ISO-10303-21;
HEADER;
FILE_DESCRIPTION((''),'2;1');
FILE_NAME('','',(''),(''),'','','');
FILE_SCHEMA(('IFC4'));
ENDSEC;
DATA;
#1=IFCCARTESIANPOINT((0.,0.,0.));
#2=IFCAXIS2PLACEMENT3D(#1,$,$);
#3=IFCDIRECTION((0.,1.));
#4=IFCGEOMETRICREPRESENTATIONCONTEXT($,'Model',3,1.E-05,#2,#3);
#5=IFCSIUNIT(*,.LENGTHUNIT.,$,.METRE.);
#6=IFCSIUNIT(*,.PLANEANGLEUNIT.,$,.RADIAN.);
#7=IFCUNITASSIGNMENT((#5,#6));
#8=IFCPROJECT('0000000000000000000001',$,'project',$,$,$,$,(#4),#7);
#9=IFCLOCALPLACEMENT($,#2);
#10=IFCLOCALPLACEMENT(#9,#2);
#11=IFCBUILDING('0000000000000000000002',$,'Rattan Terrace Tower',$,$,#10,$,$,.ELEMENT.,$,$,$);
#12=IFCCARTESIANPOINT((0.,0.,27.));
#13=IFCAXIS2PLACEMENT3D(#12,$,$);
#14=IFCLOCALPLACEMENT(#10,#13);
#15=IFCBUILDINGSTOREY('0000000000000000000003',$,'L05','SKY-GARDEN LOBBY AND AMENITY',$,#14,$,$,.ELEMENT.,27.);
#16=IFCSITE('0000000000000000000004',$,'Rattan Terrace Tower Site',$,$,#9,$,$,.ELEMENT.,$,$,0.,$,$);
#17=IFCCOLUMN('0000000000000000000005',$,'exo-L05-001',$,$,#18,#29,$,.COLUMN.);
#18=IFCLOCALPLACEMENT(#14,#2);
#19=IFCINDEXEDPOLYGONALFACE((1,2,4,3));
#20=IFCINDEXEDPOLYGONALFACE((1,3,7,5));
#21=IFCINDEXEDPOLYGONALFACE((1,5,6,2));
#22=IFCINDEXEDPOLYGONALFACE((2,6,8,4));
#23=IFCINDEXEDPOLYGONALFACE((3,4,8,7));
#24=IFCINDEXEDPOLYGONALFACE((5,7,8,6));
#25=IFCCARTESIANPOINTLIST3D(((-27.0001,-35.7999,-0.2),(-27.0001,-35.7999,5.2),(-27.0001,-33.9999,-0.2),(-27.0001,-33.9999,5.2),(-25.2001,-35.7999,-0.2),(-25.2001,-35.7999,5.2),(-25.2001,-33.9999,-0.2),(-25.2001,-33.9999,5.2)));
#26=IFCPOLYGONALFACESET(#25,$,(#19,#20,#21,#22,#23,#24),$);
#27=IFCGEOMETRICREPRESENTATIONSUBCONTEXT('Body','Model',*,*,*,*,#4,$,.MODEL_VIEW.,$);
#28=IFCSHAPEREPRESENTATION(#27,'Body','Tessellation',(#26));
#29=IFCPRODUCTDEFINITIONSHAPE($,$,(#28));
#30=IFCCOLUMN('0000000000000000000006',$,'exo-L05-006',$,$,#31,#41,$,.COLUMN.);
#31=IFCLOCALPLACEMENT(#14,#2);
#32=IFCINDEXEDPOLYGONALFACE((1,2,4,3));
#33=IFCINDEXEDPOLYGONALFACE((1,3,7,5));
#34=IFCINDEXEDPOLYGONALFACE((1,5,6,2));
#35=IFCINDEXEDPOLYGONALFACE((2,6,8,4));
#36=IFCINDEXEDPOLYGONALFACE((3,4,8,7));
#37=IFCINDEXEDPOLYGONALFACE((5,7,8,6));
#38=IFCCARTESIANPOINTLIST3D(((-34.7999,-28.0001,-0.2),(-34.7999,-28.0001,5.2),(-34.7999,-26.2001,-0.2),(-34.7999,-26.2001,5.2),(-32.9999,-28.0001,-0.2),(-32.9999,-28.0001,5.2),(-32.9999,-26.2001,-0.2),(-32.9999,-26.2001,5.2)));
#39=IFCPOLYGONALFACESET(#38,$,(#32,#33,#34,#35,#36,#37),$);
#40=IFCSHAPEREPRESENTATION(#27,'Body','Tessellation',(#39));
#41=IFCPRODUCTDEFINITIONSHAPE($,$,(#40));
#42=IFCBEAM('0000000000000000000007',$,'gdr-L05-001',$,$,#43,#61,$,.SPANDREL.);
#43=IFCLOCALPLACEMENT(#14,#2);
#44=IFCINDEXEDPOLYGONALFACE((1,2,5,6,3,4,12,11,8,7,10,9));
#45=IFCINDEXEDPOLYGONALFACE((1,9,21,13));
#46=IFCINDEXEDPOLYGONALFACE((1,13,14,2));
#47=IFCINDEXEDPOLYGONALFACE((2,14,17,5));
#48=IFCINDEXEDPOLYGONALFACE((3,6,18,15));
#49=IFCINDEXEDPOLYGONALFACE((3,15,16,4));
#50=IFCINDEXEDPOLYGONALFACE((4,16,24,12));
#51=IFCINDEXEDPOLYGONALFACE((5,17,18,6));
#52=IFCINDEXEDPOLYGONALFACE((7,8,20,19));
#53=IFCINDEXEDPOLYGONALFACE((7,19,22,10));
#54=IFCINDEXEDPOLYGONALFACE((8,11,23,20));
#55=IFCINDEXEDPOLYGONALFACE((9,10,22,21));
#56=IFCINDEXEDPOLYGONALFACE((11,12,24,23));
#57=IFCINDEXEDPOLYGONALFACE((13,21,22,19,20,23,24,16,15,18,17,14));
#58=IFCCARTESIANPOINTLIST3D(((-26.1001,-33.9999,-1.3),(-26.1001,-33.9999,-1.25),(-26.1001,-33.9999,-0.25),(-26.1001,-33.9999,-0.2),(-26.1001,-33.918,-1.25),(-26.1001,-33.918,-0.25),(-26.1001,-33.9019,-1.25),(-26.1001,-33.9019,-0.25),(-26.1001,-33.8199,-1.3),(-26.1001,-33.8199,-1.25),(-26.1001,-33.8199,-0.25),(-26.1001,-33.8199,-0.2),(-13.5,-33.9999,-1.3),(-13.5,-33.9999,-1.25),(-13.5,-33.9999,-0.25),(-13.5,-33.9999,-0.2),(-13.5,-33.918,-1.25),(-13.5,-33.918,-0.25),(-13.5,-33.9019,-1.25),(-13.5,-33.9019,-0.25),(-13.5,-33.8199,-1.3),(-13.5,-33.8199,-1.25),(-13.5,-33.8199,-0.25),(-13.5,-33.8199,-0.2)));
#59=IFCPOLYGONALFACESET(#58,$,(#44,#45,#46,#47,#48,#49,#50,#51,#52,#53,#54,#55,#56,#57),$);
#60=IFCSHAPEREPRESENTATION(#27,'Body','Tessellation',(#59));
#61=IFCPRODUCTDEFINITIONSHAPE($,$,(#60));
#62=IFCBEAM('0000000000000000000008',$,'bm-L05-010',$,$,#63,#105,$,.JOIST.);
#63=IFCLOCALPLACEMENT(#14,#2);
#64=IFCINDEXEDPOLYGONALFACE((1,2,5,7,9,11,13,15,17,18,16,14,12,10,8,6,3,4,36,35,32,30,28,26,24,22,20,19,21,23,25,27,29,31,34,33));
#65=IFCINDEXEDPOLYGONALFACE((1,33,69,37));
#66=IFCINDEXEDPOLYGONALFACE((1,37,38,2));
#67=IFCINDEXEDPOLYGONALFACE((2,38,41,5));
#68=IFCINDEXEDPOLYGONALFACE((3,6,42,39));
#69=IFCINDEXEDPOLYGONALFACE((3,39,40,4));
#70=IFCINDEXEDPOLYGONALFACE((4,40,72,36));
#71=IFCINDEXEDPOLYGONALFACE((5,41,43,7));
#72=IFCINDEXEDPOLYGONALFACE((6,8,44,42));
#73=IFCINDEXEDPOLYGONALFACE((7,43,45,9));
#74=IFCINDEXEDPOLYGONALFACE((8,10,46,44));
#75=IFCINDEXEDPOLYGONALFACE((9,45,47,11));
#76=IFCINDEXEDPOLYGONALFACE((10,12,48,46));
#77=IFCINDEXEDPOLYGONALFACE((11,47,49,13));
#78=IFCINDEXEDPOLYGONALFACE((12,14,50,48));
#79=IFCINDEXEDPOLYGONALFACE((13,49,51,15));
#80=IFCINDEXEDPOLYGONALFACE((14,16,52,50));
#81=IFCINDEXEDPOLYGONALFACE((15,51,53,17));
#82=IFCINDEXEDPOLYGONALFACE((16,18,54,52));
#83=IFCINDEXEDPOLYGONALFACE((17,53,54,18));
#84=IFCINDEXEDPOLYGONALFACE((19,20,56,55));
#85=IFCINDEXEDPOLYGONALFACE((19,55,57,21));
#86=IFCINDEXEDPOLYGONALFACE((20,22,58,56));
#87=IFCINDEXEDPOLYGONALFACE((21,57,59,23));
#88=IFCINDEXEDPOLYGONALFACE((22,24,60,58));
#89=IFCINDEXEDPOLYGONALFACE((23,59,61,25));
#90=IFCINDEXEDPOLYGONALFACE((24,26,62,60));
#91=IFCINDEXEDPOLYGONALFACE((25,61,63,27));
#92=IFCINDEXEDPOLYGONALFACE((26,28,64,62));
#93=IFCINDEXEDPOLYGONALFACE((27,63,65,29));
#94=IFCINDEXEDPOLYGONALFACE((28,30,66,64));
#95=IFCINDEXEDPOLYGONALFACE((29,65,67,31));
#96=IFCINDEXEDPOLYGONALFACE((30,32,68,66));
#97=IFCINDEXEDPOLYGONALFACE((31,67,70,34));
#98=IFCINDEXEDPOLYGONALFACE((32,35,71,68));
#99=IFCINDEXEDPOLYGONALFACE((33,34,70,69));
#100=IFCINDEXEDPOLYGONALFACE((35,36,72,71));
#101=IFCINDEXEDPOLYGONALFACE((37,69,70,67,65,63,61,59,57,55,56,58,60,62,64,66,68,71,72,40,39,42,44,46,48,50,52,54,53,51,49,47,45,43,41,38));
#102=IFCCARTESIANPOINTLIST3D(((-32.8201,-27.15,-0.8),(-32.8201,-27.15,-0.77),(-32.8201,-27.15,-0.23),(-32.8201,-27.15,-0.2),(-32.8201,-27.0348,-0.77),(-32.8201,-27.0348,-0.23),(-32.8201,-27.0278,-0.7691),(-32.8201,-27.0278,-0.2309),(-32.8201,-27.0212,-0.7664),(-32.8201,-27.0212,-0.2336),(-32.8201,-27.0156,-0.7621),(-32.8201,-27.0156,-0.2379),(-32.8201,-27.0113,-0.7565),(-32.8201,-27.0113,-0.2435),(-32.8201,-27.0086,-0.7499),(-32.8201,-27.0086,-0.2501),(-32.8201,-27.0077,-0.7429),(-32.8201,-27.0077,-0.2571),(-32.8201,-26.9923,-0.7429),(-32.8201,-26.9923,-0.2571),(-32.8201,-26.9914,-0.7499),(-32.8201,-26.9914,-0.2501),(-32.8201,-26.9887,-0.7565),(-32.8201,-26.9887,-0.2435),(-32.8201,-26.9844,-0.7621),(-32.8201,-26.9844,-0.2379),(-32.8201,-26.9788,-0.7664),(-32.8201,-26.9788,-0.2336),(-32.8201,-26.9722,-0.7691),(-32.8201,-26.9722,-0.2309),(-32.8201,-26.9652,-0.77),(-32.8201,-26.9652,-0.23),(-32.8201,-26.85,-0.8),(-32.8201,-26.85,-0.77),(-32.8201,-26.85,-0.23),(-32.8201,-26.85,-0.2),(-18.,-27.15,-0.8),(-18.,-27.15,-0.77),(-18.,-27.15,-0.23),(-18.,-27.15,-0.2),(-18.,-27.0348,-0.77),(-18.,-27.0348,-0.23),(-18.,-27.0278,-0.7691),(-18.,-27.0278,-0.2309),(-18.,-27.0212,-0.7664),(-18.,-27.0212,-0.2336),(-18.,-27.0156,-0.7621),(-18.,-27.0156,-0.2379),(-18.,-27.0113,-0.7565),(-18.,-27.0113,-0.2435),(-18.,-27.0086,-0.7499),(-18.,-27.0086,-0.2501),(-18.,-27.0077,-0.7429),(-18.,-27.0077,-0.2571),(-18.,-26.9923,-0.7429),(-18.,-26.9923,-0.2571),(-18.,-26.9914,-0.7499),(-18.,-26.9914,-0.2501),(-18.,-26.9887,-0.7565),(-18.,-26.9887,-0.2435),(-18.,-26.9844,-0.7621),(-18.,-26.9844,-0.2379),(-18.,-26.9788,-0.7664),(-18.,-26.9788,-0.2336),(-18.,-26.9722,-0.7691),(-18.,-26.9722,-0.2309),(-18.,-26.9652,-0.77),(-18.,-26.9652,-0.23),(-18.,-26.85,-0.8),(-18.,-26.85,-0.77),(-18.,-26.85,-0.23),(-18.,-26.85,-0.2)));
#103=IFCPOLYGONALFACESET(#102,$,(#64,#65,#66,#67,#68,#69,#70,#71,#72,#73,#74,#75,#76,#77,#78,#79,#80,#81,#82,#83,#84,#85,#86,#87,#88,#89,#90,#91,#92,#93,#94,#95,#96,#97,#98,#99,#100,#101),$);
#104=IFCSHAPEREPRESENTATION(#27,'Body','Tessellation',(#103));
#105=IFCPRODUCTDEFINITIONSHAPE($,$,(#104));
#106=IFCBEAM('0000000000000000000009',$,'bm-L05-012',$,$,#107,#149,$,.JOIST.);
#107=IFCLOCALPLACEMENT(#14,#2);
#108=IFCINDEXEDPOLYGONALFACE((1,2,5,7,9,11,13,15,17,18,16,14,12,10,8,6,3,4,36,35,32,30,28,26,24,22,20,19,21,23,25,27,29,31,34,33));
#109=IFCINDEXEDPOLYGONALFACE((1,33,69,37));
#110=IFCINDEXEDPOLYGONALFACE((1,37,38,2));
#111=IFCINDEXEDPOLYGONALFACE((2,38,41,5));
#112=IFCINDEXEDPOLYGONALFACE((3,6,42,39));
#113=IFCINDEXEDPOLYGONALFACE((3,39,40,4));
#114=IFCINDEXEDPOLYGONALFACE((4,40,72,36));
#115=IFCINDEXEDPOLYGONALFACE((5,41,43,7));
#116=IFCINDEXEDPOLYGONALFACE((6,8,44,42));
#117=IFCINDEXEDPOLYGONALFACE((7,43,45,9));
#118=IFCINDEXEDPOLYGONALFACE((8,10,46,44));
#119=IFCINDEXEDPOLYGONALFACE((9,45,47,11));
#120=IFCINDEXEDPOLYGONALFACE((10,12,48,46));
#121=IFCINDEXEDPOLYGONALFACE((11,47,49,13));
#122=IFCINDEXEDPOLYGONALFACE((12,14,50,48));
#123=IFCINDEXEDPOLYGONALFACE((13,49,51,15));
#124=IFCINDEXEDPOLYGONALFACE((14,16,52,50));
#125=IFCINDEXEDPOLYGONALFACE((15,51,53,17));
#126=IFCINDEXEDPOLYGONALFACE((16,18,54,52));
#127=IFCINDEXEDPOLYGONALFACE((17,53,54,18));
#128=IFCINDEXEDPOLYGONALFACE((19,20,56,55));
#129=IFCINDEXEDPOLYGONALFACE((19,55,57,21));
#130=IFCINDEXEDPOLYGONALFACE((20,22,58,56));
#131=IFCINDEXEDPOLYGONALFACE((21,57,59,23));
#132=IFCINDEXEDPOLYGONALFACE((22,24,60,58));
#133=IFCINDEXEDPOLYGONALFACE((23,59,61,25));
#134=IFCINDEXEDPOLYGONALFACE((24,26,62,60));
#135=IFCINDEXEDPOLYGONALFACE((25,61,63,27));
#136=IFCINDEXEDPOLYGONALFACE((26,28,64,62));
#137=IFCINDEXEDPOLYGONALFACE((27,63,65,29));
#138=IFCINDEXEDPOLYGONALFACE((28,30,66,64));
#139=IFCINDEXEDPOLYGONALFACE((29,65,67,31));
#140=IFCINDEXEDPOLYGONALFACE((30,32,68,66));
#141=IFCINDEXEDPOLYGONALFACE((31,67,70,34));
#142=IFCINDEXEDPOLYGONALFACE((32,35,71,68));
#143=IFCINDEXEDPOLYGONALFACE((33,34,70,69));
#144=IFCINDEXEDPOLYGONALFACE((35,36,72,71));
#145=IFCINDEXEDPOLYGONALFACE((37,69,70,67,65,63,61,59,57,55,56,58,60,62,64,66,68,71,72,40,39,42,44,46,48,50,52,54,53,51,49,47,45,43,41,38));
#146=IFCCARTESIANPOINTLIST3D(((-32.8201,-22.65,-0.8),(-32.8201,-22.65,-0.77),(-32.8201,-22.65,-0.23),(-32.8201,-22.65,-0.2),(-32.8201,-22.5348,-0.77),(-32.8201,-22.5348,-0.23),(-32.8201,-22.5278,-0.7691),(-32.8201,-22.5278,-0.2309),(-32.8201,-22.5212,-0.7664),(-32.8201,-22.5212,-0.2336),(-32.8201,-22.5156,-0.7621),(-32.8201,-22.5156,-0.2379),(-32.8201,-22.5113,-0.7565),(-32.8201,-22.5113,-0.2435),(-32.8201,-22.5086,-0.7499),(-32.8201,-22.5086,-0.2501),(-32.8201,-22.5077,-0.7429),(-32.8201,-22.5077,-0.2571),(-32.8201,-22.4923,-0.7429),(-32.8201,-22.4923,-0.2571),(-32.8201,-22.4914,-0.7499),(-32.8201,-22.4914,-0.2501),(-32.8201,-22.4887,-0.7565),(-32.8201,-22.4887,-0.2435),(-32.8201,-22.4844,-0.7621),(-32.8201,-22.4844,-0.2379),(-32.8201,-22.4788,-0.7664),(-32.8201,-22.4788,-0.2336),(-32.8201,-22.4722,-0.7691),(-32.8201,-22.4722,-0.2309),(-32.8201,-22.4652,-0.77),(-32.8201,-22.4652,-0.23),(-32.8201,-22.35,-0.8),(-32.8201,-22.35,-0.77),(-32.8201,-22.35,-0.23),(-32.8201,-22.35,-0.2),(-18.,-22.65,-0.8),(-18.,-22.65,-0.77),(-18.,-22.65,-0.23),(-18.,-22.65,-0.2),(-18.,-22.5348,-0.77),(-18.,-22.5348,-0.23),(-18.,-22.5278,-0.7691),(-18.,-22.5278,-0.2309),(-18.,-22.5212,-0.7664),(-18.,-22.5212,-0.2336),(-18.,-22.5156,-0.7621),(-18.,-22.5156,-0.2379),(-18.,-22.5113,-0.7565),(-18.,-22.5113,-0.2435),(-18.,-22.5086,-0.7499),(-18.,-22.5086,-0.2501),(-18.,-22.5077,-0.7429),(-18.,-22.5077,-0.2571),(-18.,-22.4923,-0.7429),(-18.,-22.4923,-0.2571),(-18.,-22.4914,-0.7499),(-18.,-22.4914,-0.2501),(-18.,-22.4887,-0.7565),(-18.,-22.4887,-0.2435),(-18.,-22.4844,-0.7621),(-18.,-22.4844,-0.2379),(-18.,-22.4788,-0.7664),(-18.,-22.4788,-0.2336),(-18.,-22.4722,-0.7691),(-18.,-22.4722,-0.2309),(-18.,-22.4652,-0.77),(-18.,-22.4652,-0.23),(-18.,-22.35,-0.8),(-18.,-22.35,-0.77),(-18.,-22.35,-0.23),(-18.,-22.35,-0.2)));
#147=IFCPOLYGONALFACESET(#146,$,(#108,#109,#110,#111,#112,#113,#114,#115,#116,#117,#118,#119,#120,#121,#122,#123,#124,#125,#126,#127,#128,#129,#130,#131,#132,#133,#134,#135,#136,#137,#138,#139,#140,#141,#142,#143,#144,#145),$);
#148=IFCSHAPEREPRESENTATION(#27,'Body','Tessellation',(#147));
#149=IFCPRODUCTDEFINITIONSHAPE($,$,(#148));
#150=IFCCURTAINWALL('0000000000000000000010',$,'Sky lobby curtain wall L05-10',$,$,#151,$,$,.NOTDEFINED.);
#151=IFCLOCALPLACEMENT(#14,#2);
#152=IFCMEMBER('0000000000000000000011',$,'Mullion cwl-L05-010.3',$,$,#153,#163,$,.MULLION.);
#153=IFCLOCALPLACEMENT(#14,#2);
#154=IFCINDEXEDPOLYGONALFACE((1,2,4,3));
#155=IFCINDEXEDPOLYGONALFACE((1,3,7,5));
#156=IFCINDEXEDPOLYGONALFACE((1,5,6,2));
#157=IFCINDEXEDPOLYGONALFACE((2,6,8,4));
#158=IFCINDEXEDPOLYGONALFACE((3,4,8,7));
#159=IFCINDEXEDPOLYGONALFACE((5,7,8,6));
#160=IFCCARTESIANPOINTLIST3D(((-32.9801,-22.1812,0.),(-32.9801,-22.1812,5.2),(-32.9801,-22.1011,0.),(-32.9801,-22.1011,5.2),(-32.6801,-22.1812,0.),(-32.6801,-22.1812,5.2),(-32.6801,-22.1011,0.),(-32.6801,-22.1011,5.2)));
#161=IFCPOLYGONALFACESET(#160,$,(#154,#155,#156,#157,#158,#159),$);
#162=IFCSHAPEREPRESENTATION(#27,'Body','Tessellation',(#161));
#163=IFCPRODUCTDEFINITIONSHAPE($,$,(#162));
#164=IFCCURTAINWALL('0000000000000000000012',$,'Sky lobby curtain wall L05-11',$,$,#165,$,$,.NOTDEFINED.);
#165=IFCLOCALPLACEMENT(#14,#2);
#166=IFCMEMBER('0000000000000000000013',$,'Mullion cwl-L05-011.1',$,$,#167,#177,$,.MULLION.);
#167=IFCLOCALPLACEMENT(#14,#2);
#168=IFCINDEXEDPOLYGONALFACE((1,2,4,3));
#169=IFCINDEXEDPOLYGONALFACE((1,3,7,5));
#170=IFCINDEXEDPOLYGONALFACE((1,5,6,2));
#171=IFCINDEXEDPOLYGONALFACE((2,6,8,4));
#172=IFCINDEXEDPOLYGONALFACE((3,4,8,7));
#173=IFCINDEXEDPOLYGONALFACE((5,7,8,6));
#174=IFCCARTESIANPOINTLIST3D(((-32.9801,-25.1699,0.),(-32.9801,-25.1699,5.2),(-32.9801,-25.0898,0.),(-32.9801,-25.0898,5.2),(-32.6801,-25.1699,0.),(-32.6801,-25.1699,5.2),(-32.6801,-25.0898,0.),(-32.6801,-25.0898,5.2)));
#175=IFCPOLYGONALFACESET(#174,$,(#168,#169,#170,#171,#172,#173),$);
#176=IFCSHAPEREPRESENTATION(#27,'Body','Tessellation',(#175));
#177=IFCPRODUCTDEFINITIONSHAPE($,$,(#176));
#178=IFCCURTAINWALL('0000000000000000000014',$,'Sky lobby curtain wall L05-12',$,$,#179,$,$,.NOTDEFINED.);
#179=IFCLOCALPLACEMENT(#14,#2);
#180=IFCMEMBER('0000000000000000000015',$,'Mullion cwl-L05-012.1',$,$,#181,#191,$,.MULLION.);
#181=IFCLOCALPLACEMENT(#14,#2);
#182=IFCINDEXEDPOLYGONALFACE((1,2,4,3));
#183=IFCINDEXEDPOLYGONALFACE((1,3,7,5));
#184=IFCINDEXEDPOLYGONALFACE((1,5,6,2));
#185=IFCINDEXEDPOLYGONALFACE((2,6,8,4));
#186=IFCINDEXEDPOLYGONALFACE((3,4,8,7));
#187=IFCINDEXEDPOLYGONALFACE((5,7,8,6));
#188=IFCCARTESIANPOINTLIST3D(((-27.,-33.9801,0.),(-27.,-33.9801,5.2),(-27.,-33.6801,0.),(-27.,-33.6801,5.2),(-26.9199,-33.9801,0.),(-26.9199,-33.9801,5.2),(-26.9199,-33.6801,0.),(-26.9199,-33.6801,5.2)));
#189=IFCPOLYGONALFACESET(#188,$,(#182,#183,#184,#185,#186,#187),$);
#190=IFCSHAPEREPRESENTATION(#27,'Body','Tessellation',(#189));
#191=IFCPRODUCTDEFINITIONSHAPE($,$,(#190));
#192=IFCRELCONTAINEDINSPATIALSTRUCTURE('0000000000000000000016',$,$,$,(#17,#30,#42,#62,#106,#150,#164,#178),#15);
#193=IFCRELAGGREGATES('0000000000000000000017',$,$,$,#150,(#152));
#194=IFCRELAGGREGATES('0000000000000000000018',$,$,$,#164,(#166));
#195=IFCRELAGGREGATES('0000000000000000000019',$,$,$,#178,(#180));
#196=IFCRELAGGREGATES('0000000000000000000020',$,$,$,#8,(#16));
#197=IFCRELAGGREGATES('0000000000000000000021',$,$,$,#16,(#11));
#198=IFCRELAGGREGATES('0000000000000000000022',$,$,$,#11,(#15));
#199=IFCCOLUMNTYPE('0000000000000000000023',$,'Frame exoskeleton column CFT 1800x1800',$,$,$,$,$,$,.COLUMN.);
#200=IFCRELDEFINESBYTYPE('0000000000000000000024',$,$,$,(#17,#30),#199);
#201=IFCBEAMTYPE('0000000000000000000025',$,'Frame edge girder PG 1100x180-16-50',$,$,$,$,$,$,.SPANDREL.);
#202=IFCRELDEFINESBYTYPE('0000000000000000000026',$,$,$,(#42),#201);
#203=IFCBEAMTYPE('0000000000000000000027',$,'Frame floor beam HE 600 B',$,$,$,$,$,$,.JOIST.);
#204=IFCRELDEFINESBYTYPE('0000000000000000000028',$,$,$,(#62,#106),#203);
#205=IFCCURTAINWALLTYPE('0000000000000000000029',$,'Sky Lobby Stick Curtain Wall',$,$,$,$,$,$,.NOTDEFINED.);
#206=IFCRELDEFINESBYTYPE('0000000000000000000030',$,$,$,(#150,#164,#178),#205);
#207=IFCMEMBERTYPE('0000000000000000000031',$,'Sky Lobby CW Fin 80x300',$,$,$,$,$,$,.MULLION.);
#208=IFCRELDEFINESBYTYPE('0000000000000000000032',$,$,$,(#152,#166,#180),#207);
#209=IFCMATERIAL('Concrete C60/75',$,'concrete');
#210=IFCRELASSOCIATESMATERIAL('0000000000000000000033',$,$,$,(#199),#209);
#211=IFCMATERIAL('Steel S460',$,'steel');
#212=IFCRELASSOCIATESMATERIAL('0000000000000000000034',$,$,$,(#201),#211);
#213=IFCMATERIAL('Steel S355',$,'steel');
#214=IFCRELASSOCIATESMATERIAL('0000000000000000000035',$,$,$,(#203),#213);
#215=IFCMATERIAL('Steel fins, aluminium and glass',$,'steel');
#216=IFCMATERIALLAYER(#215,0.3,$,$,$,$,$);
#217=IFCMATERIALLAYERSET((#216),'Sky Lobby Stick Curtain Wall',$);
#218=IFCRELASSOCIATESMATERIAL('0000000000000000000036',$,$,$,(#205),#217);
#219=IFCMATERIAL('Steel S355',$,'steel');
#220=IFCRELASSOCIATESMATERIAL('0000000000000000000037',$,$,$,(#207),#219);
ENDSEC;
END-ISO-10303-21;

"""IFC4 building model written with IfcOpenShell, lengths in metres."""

from ifc_helpers import new_model, si_unit, direction, frame, origin, origin_2d, place, context, subcontext, project, spatial, rectangle, i_section, extrude, material, layer, layer_set, material_profile, profile_set, type_object, element, aggregate, save


model = new_model("IFC4")

# Units and contexts
model_context = context("Model", 3, precision=1e-05, world=origin(), true_north=direction((0.0, 1.0)))
body_context = subcontext(model_context, "Body", "Model", "MODEL_VIEW")
ifc_project = project(units=[si_unit("LENGTHUNIT", "METRE"), si_unit("PLANEANGLEUNIT", "RADIAN")], contexts=[model_context])

# Site, building, storey
site_placement = place(None, origin())
site = spatial("IfcSite", under=ifc_project, at=site_placement, Name="Rattan Terrace Tower Site", CompositionType="ELEMENT", RefElevation=0.0)
building_placement = place(site_placement, origin())
building = spatial("IfcBuilding", under=site, at=building_placement, Name="Rattan Terrace Tower", CompositionType="ELEMENT")
storey_placement = place(building_placement, frame((0.0, 0.0, 27.0)))
storey = spatial("IfcBuildingStorey", under=building, at=storey_placement, Name="L05", Description="SKY-GARDEN LOBBY AND AMENITY", CompositionType="ELEMENT", Elevation=27.0)

# Columns
ifc_material_1 = material(Name="Concrete C60/75", Category="concrete")
ifc_material_profile_1 = material_profile(ifc_material_1, rectangle(XDim=1.8, YDim=1.8, at=origin_2d()), Name="CFT 1800x1800")
ifc_profile_set_1 = profile_set([ifc_material_profile_1], Name="Concrete C60/75")
column_type = type_object("IfcColumnType", Name="Frame exoskeleton column CFT 1800x1800", PredefinedType="COLUMN", material=ifc_profile_set_1)
for number, where, z_axis, x_axis, name in (
    (1, (-26.1001, -34.8999, -0.2), (0.0, 0.0, 1.0), (1.0, 0.0, 0.0), "exo-L05-001"),
    (2, (-33.8999, -27.1001, -0.2), (0.0, 0.0, 1.0), (0.0, 1.0, 0.0), "exo-L05-006"),
):
    element("IfcColumn", number, at=place(storey_placement, frame(where, z_axis=z_axis, x_axis=x_axis)), inside=storey, type_object=column_type, Name=name, PredefinedType="COLUMN", context=body_context, shape_type="SweptSolid", body=[
        extrude(rectangle(XDim=1.8, YDim=1.8, at=origin_2d()), origin(), (0.0, 0.0, 1.0), 5.3999),
    ])

# Beams
ifc_material_2 = material(Name="Steel S460", Category="steel")
ifc_material_profile_2 = material_profile(ifc_material_2, i_section(OverallWidth=0.1799, OverallDepth=1.1001, WebThickness=0.0161, FlangeThickness=0.05, at=origin_2d()), Name="PG 1100x180-16-50")
ifc_profile_set_2 = profile_set([ifc_material_profile_2], Name="Steel S460")
beam_type_1 = type_object("IfcBeamType", Name="Frame edge girder PG 1100x180-16-50", PredefinedType="SPANDREL", material=ifc_profile_set_2)
beam_placement = place(storey_placement, frame((-26.1001, -33.9099, -0.75), z_axis=(1.0, 0.0, 0.0), x_axis=(0.0, 1.0, 0.0)))
element("IfcBeam", 3, at=beam_placement, inside=storey, type_object=beam_type_1, Name="gdr-L05-001", PredefinedType="SPANDREL", context=body_context, shape_type="SweptSolid", body=[
    extrude(i_section(OverallWidth=0.1799, OverallDepth=1.1001, WebThickness=0.0161, FlangeThickness=0.05, at=origin_2d()), origin(), (0.0, 0.0, 1.0), 12.6001),
])
ifc_material_3 = material(Name="Steel S355", Category="steel")
ifc_material_profile_3 = material_profile(ifc_material_3, i_section(OverallWidth=0.3, OverallDepth=0.6001, WebThickness=0.0154, FlangeThickness=0.03, FilletRadius=0.0271, at=origin_2d()), Name="HE 600 B")
ifc_profile_set_3 = profile_set([ifc_material_profile_3], Name="Steel S355")
beam_type_2 = type_object("IfcBeamType", Name="Frame floor beam HE 600 B", PredefinedType="JOIST", material=ifc_profile_set_3)
for number, where, z_axis, x_axis, name in (
    (4, (-32.8201, -27.0, -0.5), (1.0, 0.0, 0.0), (0.0, 1.0, 0.0), "bm-L05-010"),
    (5, (-32.8201, -22.5, -0.5), (1.0, 0.0, 0.0), (0.0, 1.0, 0.0), "bm-L05-012"),
):
    element("IfcBeam", number, at=place(storey_placement, frame(where, z_axis=z_axis, x_axis=x_axis)), inside=storey, type_object=beam_type_2, Name=name, PredefinedType="JOIST", context=body_context, shape_type="SweptSolid", body=[
        extrude(i_section(OverallWidth=0.3, OverallDepth=0.6001, WebThickness=0.0154, FlangeThickness=0.03, FilletRadius=0.0271, at=origin_2d()), origin(), (0.0, 0.0, 1.0), 14.8201),
    ])

# Curtain walls, members
ifc_material_4 = material(Name="Steel fins, aluminium and glass", Category="steel")
ifc_layer_1 = layer(ifc_material_4, 0.3)
ifc_layer_set_1 = layer_set([ifc_layer_1], Name="Sky Lobby Stick Curtain Wall")
curtain_wall_type = type_object("IfcCurtainWallType", Name="Sky Lobby Stick Curtain Wall", PredefinedType="NOTDEFINED", material=ifc_layer_set_1)
curtain_wall_1_placement = place(storey_placement, origin())
curtain_wall_1 = element("IfcCurtainWall", 6, at=curtain_wall_1_placement, inside=storey, type_object=curtain_wall_type, Name="Sky lobby curtain wall L05-10", PredefinedType="NOTDEFINED")
ifc_material_5 = material(Name="Steel S355", Category="steel")
ifc_material_profile_4 = material_profile(ifc_material_5, rectangle(XDim=0.0801, YDim=0.3, at=origin_2d()), Name="Steel S355 80x300")
ifc_profile_set_4 = profile_set([ifc_material_profile_4], Name="Steel S355")
member_type_1 = type_object("IfcMemberType", Name="Sky Lobby CW Fin 80x300", PredefinedType="MULLION", material=ifc_profile_set_4)
member_1_placement = place(storey_placement, frame((-32.8301, -22.1411, 0.0), z_axis=(0.0, 0.0, 1.0), x_axis=(0.0, -1.0, 0.0)))
member_1 = element("IfcMember", 7, at=member_1_placement, type_object=member_type_1, Name="Mullion cwl-L05-010.3", PredefinedType="MULLION", context=body_context, shape_type="SweptSolid", body=[
    extrude(rectangle(XDim=0.0801, YDim=0.3, at=origin_2d()), origin(), (0.0, 0.0, 1.0), 5.2),
])
aggregate(curtain_wall_1, [member_1])
curtain_wall_2_placement = place(storey_placement, origin())
curtain_wall_2 = element("IfcCurtainWall", 8, at=curtain_wall_2_placement, inside=storey, type_object=curtain_wall_type, Name="Sky lobby curtain wall L05-11", PredefinedType="NOTDEFINED")
member_2_placement = place(storey_placement, frame((-32.8301, -25.1299, 0.0), z_axis=(0.0, 0.0, 1.0), x_axis=(0.0, -1.0, 0.0)))
member_2 = element("IfcMember", 9, at=member_2_placement, type_object=member_type_1, Name="Mullion cwl-L05-011.1", PredefinedType="MULLION", context=body_context, shape_type="SweptSolid", body=[
    extrude(rectangle(XDim=0.0801, YDim=0.3, at=origin_2d()), origin(), (0.0, 0.0, 1.0), 5.2),
])
curtain_wall_3_placement = place(storey_placement, origin())
curtain_wall_3 = element("IfcCurtainWall", 10, at=curtain_wall_3_placement, inside=storey, type_object=curtain_wall_type, Name="Sky lobby curtain wall L05-12", PredefinedType="NOTDEFINED")
member_3_placement = place(storey_placement, frame((-26.96, -33.8301, 0.0), z_axis=(0.0, 0.0, 1.0), x_axis=(1.0, 0.0, 0.0)))
member_3 = element("IfcMember", 11, at=member_3_placement, type_object=member_type_1, Name="Mullion cwl-L05-012.1", PredefinedType="MULLION", context=body_context, shape_type="SweptSolid", body=[
    extrude(rectangle(XDim=0.0801, YDim=0.3, at=origin_2d()), origin(), (0.0, 0.0, 1.0), 5.2),
])

aggregate(curtain_wall_2, [member_2])
aggregate(curtain_wall_3, [member_3])

save(model, "model.ifc")
